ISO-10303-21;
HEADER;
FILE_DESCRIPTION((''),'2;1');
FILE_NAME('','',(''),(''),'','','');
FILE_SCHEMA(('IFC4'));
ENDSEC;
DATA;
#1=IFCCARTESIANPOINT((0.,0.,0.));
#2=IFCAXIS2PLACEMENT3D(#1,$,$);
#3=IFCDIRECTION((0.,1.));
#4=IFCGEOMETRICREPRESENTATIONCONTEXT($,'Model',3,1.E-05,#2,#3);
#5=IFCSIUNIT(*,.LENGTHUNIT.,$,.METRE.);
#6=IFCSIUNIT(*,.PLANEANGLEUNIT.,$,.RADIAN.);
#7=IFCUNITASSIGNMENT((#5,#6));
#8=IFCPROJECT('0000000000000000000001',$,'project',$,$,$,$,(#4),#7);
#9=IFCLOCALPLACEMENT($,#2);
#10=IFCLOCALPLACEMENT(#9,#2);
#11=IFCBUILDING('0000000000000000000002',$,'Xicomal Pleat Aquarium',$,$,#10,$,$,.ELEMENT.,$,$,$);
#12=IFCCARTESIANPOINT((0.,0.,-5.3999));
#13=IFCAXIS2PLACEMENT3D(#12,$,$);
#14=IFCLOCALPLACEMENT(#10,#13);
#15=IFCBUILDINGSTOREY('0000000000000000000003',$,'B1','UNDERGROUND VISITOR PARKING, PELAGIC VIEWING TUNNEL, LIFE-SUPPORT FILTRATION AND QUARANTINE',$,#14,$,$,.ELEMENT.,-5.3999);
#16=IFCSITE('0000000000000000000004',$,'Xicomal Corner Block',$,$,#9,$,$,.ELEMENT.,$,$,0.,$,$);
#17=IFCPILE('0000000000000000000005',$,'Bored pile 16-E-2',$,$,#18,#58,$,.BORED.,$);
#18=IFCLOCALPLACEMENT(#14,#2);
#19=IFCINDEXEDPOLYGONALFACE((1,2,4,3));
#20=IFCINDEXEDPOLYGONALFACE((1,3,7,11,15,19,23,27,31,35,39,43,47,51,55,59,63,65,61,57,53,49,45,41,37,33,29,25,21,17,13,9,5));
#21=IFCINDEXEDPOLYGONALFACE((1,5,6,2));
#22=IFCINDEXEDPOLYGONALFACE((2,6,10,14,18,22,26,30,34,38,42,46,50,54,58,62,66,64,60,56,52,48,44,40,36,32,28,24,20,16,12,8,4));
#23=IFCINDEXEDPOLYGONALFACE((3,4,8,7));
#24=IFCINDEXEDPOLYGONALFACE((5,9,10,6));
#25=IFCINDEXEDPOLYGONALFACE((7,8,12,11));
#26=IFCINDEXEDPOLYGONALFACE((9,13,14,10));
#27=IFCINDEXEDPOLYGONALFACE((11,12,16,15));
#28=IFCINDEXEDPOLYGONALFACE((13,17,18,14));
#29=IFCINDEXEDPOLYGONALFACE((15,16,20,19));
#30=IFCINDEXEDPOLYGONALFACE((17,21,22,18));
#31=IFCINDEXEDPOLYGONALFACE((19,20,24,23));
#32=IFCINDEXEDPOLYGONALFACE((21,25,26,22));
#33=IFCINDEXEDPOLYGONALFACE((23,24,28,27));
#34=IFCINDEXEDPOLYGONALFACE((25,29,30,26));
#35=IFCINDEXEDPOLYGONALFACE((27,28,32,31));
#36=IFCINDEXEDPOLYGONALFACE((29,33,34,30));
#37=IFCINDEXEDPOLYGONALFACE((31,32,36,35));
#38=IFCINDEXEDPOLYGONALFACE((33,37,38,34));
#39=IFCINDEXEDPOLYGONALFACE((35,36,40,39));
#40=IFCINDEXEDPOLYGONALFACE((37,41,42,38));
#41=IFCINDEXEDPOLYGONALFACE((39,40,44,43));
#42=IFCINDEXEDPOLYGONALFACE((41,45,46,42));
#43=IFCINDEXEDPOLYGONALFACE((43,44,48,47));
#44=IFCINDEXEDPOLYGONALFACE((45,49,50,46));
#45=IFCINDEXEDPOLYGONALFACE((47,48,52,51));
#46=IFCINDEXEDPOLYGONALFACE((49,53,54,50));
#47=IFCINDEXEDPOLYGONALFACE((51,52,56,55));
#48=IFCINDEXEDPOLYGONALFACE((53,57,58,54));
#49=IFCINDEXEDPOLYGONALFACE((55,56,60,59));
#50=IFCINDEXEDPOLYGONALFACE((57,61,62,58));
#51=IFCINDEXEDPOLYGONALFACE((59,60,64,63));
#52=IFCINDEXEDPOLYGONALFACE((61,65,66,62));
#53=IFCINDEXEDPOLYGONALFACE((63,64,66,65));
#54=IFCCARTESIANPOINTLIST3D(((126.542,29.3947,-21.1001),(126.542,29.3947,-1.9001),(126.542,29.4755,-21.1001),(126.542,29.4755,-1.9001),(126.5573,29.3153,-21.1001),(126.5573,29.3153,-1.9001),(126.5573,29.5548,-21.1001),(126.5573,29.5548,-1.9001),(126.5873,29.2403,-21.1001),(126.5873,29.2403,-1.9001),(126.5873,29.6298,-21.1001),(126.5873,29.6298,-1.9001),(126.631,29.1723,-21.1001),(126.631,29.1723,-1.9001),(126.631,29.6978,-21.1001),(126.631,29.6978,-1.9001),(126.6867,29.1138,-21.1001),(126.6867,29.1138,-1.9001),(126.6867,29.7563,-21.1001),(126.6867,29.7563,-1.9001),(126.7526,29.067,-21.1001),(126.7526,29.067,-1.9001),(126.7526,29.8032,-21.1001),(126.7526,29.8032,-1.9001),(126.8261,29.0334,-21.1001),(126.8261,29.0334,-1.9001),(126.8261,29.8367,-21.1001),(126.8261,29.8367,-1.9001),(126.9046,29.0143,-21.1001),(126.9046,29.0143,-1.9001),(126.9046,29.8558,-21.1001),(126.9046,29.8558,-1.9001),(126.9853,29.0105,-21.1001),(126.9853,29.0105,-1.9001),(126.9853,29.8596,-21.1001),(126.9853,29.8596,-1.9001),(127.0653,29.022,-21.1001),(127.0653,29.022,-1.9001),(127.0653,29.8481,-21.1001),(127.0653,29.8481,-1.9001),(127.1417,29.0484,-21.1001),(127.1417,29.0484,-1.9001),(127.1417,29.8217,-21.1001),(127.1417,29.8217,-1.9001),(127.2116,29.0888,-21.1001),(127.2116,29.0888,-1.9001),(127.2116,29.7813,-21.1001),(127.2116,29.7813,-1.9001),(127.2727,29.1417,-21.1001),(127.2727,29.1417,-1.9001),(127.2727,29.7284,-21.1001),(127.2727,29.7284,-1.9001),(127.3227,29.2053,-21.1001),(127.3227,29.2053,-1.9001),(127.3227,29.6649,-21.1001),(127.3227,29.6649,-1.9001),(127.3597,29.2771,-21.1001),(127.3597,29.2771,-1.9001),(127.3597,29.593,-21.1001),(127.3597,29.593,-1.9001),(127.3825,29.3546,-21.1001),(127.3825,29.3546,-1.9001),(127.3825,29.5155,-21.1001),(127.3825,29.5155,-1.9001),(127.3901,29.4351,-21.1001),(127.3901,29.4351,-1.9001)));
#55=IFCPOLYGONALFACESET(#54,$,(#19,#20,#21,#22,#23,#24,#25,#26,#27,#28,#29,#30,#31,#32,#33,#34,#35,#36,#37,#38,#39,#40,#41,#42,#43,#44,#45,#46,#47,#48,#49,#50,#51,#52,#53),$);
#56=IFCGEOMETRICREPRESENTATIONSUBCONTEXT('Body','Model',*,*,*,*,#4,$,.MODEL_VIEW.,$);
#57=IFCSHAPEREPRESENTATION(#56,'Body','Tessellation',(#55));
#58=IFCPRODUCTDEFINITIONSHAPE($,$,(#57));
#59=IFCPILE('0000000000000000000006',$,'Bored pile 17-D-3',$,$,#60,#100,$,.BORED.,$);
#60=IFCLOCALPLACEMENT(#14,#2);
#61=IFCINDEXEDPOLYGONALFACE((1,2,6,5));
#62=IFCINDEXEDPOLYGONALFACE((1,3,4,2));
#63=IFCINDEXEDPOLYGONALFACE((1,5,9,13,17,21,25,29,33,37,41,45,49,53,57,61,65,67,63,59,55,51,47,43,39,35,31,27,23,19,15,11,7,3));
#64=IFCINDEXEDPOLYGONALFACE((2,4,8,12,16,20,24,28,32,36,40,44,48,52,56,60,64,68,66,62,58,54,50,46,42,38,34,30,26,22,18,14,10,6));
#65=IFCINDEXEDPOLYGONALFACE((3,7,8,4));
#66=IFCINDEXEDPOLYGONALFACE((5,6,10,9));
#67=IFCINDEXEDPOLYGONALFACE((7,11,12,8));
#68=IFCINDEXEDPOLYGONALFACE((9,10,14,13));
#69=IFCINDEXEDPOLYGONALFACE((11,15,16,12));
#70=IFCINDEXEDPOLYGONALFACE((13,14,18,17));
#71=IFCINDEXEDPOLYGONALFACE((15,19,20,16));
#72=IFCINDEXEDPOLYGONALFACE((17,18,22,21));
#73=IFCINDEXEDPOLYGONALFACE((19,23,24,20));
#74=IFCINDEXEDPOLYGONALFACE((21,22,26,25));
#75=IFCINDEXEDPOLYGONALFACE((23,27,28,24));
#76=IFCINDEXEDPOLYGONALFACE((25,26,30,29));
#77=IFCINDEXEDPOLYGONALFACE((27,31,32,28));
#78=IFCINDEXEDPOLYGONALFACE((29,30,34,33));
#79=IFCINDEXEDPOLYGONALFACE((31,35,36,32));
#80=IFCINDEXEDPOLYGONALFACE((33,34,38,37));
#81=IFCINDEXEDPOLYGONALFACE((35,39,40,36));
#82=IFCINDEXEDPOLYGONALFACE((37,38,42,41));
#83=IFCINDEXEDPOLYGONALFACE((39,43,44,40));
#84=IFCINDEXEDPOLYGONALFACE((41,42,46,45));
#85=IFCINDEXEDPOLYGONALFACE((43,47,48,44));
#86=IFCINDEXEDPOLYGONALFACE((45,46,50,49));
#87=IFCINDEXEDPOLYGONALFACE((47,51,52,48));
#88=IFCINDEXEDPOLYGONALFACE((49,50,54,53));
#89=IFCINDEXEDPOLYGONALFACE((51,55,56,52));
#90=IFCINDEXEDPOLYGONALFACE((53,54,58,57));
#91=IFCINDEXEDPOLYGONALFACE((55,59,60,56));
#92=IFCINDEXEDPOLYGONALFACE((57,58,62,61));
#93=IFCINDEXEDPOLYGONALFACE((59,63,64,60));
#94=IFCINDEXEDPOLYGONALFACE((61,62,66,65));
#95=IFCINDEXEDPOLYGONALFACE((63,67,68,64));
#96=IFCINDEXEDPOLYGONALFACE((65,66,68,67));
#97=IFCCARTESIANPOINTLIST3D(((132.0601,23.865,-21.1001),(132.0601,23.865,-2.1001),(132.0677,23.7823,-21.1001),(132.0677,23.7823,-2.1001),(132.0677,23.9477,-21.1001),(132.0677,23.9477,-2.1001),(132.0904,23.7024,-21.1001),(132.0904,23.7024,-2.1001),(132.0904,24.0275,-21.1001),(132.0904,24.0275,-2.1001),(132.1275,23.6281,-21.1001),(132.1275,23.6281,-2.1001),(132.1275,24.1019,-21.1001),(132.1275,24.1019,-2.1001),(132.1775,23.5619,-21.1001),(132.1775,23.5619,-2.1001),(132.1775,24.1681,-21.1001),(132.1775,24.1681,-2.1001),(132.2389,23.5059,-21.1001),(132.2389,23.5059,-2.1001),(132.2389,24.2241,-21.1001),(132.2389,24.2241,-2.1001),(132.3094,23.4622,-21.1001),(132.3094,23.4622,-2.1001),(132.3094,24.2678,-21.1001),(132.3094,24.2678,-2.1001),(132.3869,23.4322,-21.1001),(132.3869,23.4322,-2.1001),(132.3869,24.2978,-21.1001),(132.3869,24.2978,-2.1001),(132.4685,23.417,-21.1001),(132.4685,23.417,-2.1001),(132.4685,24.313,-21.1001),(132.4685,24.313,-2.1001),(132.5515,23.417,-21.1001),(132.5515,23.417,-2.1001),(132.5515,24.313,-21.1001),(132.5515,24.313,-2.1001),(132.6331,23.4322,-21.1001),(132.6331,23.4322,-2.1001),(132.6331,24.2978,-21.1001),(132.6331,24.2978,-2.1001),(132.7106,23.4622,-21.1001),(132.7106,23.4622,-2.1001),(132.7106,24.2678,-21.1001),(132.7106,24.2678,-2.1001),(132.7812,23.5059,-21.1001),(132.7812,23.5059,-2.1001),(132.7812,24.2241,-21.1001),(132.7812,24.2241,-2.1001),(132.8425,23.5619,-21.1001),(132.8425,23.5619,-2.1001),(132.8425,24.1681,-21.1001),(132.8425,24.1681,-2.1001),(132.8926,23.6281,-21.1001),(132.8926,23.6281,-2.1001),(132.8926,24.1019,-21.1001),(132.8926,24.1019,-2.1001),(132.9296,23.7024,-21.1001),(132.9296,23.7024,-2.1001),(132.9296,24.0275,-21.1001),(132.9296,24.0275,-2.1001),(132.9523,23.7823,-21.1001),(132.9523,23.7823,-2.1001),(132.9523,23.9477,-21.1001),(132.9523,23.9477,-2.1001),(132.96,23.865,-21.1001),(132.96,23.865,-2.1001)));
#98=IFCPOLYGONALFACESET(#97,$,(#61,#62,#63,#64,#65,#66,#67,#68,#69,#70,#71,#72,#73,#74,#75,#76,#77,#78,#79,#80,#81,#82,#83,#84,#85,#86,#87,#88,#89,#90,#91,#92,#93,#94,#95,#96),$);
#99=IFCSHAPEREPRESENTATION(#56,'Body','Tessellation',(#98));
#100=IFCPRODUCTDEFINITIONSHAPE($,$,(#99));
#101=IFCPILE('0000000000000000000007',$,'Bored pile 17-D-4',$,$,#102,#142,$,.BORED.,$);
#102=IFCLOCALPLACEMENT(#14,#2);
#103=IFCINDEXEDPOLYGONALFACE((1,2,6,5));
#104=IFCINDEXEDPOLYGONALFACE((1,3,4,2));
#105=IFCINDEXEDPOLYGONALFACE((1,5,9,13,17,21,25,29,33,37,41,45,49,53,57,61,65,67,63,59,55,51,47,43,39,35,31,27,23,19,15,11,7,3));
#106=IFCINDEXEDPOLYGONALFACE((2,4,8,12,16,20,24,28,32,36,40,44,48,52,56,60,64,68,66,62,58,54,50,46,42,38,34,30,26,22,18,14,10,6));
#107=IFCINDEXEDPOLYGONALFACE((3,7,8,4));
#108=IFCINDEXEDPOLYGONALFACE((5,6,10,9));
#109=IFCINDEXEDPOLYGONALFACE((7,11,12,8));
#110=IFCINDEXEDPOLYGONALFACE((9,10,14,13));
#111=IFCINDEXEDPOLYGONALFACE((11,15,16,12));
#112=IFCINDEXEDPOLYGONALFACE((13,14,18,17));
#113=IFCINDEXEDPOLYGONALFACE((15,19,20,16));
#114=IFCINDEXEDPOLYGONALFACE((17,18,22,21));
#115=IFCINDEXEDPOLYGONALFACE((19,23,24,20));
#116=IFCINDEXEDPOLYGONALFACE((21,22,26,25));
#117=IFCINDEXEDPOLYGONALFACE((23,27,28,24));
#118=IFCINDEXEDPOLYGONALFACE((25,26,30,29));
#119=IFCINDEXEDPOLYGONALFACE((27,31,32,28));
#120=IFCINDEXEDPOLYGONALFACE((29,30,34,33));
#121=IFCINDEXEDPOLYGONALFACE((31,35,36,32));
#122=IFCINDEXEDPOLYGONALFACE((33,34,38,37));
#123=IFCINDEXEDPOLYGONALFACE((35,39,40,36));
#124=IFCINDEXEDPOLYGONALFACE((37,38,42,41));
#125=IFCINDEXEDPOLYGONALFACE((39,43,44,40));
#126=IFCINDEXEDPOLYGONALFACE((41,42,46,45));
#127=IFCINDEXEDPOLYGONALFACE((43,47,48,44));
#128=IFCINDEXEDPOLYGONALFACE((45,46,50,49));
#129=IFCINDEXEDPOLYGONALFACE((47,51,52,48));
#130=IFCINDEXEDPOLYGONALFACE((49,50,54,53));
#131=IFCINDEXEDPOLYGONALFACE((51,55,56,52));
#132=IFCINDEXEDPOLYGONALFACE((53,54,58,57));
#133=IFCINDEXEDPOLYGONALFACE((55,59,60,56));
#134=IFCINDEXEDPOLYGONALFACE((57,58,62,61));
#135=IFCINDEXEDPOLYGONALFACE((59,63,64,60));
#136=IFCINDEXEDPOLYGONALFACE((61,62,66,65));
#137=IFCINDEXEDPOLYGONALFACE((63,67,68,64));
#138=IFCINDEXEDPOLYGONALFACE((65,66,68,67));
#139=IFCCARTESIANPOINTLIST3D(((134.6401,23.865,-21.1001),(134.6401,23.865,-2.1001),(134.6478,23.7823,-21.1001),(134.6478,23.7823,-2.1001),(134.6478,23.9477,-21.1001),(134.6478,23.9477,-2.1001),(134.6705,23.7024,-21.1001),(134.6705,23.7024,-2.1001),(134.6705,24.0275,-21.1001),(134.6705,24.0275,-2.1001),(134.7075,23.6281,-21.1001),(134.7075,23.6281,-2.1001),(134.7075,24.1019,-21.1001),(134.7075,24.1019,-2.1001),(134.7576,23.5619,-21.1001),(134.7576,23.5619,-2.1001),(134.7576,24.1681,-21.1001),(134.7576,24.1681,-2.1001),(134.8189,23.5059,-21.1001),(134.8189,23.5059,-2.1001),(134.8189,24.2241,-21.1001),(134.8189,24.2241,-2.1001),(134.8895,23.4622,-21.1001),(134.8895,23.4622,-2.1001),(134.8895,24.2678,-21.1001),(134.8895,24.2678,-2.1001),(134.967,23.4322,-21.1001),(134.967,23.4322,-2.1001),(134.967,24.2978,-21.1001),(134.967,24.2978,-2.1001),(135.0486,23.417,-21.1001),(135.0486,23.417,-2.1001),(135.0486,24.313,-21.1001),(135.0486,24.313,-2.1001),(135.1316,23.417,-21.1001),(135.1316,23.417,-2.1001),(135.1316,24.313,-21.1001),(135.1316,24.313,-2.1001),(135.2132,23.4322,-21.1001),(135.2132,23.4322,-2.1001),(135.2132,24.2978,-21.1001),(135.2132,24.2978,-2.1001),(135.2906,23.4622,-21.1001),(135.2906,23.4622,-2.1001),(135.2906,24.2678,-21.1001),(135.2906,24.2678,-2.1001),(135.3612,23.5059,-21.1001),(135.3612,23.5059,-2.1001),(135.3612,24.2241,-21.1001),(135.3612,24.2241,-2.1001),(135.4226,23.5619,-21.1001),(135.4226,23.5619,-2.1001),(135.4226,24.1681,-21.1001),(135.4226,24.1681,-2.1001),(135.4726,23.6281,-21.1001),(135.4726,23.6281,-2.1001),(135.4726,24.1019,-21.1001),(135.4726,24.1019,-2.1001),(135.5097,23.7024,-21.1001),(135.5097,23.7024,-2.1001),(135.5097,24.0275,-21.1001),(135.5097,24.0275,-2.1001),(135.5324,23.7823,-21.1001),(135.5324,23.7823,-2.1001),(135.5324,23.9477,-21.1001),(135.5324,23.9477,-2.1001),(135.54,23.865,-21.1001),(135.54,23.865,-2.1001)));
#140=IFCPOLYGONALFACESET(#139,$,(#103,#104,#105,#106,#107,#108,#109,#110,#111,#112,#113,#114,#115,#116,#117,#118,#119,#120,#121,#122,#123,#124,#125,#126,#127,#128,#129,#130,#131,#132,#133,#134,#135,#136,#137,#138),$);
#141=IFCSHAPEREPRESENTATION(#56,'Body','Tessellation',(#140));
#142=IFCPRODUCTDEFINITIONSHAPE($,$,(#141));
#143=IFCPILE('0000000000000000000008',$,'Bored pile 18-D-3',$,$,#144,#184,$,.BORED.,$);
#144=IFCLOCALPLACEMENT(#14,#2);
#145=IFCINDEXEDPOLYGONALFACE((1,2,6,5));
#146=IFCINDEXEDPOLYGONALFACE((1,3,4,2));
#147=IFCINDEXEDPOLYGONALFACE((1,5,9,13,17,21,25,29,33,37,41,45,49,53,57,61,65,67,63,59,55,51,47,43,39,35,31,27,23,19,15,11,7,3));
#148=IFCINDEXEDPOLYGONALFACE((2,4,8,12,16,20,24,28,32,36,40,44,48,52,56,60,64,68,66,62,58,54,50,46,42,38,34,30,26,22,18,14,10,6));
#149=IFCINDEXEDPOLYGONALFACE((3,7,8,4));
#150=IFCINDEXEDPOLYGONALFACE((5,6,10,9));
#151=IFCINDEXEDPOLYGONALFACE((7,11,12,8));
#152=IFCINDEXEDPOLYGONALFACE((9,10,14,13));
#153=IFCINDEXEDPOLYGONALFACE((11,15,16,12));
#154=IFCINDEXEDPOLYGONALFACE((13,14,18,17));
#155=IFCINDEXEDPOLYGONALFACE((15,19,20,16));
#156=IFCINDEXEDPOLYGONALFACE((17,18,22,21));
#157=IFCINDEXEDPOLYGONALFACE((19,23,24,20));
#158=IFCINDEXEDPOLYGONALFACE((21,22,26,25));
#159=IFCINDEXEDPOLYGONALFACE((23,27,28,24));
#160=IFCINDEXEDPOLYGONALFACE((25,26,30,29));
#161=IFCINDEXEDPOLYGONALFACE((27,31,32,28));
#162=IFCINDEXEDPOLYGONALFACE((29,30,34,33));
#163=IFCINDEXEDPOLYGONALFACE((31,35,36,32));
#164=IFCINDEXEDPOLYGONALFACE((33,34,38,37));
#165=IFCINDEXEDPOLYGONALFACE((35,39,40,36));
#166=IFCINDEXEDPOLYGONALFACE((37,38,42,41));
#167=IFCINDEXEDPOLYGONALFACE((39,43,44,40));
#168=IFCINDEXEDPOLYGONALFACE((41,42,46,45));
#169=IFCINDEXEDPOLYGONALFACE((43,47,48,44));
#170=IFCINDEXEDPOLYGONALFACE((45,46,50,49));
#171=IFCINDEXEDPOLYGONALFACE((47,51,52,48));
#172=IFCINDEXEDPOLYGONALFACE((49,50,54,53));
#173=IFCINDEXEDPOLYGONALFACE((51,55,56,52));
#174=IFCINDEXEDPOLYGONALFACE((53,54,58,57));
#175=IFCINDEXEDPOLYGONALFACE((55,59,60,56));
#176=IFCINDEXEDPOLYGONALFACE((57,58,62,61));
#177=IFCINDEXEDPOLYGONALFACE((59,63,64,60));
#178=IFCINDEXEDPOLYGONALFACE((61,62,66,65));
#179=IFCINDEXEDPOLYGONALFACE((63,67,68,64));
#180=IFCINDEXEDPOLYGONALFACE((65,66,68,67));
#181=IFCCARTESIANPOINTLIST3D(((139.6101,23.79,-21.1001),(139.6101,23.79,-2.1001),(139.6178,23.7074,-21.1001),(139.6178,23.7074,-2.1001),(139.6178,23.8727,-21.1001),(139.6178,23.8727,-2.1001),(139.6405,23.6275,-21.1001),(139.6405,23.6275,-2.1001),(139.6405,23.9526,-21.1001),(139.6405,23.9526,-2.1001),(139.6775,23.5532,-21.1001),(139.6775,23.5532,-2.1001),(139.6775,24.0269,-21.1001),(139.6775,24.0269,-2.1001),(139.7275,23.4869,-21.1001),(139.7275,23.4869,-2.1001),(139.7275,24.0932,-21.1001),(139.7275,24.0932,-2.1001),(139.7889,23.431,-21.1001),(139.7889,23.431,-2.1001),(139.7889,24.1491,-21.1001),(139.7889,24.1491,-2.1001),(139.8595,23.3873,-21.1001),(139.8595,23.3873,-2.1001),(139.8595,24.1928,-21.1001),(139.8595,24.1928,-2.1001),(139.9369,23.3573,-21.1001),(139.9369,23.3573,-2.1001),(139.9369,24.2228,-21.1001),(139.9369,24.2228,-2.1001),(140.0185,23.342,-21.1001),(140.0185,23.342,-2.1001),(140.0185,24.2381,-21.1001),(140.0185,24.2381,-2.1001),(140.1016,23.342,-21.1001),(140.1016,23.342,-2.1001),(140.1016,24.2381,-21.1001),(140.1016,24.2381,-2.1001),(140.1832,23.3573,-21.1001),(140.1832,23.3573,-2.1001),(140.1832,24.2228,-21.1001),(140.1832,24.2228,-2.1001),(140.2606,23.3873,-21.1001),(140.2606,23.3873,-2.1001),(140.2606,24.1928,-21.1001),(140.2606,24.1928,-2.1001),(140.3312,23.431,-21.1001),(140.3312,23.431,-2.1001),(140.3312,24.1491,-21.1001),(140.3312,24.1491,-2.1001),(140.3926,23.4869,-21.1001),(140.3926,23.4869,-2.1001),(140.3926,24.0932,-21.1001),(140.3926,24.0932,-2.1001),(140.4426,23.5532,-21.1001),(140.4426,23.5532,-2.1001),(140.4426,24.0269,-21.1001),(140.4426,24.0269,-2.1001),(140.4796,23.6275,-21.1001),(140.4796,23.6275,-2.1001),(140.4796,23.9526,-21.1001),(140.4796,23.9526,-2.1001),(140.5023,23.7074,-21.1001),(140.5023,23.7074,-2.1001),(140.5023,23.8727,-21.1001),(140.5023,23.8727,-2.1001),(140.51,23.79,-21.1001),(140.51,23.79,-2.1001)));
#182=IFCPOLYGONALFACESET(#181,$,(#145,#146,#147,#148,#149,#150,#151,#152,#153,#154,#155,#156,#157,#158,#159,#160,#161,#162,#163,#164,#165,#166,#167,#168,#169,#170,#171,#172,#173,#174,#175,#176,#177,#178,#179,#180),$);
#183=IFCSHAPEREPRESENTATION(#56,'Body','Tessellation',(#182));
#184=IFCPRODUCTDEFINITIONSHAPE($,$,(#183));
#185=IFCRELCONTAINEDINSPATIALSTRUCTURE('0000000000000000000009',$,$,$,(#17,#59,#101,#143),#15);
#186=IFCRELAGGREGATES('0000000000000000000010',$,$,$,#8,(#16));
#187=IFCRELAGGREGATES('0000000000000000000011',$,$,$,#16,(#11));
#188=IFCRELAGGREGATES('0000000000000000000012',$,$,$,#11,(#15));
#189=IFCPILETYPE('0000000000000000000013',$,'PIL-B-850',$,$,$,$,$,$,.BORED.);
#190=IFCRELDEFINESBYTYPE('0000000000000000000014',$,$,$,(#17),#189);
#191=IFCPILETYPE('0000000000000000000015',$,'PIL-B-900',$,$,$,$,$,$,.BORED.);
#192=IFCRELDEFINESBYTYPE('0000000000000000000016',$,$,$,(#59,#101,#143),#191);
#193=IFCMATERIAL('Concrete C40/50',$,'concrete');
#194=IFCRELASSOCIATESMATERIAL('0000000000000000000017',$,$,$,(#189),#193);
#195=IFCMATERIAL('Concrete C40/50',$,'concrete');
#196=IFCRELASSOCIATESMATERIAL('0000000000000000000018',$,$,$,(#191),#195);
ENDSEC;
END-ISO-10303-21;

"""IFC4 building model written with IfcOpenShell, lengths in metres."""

from ifc_helpers import new_model, si_unit, direction, frame, origin, origin_2d, place, context, subcontext, project, spatial, circle, extrude, material, material_profile, profile_set, type_object, element, save


model = new_model("IFC4")

# Units and contexts
model_context = context("Model", 3, precision=1e-05, world=origin(), true_north=direction((0.0, 1.0)))
body_context = subcontext(model_context, "Body", "Model", "MODEL_VIEW")
ifc_project = project(units=[si_unit("LENGTHUNIT", "METRE"), si_unit("PLANEANGLEUNIT", "RADIAN")], contexts=[model_context])

# Site, building, storey
site_placement = place(None, origin())
site = spatial("IfcSite", under=ifc_project, at=site_placement, Name="Xicomal Corner Block", CompositionType="ELEMENT", RefElevation=0.0)
building_placement = place(site_placement, origin())
building = spatial("IfcBuilding", under=site, at=building_placement, Name="Xicomal Pleat Aquarium", CompositionType="ELEMENT")
storey_placement = place(building_placement, frame((0.0, 0.0, -5.3999)))
storey = spatial("IfcBuildingStorey", under=building, at=storey_placement, Name="B1", Description="UNDERGROUND VISITOR PARKING, PELAGIC VIEWING TUNNEL, LIFE-SUPPORT FILTRATION AND QUARANTINE", CompositionType="ELEMENT", Elevation=-5.3999)

# Piles
ifc_material_1 = material(Name="Concrete C40/50", Category="concrete")
ifc_material_profile_1 = material_profile(ifc_material_1, circle(Radius=0.425, at=origin_2d()), Name="BORED PILE D850")
ifc_profile_set_1 = profile_set([ifc_material_profile_1], Name="Concrete C40/50")
pile_type_1 = type_object("IfcPileType", Name="PIL-B-850", PredefinedType="BORED", material=ifc_profile_set_1)
pile_1_placement = place(storey_placement, frame((126.9651, 29.4351, -1.9001), z_axis=(0.0, 0.0, -1.0), x_axis=(1.0, 0.0, 0.0)))
element("IfcPile", 1, at=pile_1_placement, inside=storey, type_object=pile_type_1, Name="Bored pile 16-E-2", PredefinedType="BORED", context=body_context, shape_type="SweptSolid", body=[
    extrude(circle(Radius=0.425, at=origin_2d()), origin(), (0.0, 0.0, 1.0), 19.2),
])
ifc_material_2 = material(Name="Concrete C40/50", Category="concrete")
ifc_material_profile_2 = material_profile(ifc_material_2, circle(Radius=0.45, at=origin_2d()), Name="BORED PILE D900")
ifc_profile_set_2 = profile_set([ifc_material_profile_2], Name="Concrete C40/50")
pile_type_2 = type_object("IfcPileType", Name="PIL-B-900", PredefinedType="BORED", material=ifc_profile_set_2)
for number, where, z_axis, x_axis, name in (
    (2, (132.51, 23.865, -2.1001), (0.0, 0.0, -1.0), (1.0, 0.0, 0.0), "Bored pile 17-D-3"),
    (3, (135.0901, 23.865, -2.1001), (0.0, 0.0, -1.0), (1.0, 0.0, 0.0), "Bored pile 17-D-4"),
    (4, (140.0601, 23.79, -2.1001), (0.0, 0.0, -1.0), (1.0, 0.0, 0.0), "Bored pile 18-D-3"),
):
    element("IfcPile", number, at=place(storey_placement, frame(where, z_axis=z_axis, x_axis=x_axis)), inside=storey, type_object=pile_type_2, Name=name, PredefinedType="BORED", context=body_context, shape_type="SweptSolid", body=[
        extrude(circle(Radius=0.45, at=origin_2d()), origin(), (0.0, 0.0, 1.0), 19.0),
    ])

save(model, "model.ifc")
